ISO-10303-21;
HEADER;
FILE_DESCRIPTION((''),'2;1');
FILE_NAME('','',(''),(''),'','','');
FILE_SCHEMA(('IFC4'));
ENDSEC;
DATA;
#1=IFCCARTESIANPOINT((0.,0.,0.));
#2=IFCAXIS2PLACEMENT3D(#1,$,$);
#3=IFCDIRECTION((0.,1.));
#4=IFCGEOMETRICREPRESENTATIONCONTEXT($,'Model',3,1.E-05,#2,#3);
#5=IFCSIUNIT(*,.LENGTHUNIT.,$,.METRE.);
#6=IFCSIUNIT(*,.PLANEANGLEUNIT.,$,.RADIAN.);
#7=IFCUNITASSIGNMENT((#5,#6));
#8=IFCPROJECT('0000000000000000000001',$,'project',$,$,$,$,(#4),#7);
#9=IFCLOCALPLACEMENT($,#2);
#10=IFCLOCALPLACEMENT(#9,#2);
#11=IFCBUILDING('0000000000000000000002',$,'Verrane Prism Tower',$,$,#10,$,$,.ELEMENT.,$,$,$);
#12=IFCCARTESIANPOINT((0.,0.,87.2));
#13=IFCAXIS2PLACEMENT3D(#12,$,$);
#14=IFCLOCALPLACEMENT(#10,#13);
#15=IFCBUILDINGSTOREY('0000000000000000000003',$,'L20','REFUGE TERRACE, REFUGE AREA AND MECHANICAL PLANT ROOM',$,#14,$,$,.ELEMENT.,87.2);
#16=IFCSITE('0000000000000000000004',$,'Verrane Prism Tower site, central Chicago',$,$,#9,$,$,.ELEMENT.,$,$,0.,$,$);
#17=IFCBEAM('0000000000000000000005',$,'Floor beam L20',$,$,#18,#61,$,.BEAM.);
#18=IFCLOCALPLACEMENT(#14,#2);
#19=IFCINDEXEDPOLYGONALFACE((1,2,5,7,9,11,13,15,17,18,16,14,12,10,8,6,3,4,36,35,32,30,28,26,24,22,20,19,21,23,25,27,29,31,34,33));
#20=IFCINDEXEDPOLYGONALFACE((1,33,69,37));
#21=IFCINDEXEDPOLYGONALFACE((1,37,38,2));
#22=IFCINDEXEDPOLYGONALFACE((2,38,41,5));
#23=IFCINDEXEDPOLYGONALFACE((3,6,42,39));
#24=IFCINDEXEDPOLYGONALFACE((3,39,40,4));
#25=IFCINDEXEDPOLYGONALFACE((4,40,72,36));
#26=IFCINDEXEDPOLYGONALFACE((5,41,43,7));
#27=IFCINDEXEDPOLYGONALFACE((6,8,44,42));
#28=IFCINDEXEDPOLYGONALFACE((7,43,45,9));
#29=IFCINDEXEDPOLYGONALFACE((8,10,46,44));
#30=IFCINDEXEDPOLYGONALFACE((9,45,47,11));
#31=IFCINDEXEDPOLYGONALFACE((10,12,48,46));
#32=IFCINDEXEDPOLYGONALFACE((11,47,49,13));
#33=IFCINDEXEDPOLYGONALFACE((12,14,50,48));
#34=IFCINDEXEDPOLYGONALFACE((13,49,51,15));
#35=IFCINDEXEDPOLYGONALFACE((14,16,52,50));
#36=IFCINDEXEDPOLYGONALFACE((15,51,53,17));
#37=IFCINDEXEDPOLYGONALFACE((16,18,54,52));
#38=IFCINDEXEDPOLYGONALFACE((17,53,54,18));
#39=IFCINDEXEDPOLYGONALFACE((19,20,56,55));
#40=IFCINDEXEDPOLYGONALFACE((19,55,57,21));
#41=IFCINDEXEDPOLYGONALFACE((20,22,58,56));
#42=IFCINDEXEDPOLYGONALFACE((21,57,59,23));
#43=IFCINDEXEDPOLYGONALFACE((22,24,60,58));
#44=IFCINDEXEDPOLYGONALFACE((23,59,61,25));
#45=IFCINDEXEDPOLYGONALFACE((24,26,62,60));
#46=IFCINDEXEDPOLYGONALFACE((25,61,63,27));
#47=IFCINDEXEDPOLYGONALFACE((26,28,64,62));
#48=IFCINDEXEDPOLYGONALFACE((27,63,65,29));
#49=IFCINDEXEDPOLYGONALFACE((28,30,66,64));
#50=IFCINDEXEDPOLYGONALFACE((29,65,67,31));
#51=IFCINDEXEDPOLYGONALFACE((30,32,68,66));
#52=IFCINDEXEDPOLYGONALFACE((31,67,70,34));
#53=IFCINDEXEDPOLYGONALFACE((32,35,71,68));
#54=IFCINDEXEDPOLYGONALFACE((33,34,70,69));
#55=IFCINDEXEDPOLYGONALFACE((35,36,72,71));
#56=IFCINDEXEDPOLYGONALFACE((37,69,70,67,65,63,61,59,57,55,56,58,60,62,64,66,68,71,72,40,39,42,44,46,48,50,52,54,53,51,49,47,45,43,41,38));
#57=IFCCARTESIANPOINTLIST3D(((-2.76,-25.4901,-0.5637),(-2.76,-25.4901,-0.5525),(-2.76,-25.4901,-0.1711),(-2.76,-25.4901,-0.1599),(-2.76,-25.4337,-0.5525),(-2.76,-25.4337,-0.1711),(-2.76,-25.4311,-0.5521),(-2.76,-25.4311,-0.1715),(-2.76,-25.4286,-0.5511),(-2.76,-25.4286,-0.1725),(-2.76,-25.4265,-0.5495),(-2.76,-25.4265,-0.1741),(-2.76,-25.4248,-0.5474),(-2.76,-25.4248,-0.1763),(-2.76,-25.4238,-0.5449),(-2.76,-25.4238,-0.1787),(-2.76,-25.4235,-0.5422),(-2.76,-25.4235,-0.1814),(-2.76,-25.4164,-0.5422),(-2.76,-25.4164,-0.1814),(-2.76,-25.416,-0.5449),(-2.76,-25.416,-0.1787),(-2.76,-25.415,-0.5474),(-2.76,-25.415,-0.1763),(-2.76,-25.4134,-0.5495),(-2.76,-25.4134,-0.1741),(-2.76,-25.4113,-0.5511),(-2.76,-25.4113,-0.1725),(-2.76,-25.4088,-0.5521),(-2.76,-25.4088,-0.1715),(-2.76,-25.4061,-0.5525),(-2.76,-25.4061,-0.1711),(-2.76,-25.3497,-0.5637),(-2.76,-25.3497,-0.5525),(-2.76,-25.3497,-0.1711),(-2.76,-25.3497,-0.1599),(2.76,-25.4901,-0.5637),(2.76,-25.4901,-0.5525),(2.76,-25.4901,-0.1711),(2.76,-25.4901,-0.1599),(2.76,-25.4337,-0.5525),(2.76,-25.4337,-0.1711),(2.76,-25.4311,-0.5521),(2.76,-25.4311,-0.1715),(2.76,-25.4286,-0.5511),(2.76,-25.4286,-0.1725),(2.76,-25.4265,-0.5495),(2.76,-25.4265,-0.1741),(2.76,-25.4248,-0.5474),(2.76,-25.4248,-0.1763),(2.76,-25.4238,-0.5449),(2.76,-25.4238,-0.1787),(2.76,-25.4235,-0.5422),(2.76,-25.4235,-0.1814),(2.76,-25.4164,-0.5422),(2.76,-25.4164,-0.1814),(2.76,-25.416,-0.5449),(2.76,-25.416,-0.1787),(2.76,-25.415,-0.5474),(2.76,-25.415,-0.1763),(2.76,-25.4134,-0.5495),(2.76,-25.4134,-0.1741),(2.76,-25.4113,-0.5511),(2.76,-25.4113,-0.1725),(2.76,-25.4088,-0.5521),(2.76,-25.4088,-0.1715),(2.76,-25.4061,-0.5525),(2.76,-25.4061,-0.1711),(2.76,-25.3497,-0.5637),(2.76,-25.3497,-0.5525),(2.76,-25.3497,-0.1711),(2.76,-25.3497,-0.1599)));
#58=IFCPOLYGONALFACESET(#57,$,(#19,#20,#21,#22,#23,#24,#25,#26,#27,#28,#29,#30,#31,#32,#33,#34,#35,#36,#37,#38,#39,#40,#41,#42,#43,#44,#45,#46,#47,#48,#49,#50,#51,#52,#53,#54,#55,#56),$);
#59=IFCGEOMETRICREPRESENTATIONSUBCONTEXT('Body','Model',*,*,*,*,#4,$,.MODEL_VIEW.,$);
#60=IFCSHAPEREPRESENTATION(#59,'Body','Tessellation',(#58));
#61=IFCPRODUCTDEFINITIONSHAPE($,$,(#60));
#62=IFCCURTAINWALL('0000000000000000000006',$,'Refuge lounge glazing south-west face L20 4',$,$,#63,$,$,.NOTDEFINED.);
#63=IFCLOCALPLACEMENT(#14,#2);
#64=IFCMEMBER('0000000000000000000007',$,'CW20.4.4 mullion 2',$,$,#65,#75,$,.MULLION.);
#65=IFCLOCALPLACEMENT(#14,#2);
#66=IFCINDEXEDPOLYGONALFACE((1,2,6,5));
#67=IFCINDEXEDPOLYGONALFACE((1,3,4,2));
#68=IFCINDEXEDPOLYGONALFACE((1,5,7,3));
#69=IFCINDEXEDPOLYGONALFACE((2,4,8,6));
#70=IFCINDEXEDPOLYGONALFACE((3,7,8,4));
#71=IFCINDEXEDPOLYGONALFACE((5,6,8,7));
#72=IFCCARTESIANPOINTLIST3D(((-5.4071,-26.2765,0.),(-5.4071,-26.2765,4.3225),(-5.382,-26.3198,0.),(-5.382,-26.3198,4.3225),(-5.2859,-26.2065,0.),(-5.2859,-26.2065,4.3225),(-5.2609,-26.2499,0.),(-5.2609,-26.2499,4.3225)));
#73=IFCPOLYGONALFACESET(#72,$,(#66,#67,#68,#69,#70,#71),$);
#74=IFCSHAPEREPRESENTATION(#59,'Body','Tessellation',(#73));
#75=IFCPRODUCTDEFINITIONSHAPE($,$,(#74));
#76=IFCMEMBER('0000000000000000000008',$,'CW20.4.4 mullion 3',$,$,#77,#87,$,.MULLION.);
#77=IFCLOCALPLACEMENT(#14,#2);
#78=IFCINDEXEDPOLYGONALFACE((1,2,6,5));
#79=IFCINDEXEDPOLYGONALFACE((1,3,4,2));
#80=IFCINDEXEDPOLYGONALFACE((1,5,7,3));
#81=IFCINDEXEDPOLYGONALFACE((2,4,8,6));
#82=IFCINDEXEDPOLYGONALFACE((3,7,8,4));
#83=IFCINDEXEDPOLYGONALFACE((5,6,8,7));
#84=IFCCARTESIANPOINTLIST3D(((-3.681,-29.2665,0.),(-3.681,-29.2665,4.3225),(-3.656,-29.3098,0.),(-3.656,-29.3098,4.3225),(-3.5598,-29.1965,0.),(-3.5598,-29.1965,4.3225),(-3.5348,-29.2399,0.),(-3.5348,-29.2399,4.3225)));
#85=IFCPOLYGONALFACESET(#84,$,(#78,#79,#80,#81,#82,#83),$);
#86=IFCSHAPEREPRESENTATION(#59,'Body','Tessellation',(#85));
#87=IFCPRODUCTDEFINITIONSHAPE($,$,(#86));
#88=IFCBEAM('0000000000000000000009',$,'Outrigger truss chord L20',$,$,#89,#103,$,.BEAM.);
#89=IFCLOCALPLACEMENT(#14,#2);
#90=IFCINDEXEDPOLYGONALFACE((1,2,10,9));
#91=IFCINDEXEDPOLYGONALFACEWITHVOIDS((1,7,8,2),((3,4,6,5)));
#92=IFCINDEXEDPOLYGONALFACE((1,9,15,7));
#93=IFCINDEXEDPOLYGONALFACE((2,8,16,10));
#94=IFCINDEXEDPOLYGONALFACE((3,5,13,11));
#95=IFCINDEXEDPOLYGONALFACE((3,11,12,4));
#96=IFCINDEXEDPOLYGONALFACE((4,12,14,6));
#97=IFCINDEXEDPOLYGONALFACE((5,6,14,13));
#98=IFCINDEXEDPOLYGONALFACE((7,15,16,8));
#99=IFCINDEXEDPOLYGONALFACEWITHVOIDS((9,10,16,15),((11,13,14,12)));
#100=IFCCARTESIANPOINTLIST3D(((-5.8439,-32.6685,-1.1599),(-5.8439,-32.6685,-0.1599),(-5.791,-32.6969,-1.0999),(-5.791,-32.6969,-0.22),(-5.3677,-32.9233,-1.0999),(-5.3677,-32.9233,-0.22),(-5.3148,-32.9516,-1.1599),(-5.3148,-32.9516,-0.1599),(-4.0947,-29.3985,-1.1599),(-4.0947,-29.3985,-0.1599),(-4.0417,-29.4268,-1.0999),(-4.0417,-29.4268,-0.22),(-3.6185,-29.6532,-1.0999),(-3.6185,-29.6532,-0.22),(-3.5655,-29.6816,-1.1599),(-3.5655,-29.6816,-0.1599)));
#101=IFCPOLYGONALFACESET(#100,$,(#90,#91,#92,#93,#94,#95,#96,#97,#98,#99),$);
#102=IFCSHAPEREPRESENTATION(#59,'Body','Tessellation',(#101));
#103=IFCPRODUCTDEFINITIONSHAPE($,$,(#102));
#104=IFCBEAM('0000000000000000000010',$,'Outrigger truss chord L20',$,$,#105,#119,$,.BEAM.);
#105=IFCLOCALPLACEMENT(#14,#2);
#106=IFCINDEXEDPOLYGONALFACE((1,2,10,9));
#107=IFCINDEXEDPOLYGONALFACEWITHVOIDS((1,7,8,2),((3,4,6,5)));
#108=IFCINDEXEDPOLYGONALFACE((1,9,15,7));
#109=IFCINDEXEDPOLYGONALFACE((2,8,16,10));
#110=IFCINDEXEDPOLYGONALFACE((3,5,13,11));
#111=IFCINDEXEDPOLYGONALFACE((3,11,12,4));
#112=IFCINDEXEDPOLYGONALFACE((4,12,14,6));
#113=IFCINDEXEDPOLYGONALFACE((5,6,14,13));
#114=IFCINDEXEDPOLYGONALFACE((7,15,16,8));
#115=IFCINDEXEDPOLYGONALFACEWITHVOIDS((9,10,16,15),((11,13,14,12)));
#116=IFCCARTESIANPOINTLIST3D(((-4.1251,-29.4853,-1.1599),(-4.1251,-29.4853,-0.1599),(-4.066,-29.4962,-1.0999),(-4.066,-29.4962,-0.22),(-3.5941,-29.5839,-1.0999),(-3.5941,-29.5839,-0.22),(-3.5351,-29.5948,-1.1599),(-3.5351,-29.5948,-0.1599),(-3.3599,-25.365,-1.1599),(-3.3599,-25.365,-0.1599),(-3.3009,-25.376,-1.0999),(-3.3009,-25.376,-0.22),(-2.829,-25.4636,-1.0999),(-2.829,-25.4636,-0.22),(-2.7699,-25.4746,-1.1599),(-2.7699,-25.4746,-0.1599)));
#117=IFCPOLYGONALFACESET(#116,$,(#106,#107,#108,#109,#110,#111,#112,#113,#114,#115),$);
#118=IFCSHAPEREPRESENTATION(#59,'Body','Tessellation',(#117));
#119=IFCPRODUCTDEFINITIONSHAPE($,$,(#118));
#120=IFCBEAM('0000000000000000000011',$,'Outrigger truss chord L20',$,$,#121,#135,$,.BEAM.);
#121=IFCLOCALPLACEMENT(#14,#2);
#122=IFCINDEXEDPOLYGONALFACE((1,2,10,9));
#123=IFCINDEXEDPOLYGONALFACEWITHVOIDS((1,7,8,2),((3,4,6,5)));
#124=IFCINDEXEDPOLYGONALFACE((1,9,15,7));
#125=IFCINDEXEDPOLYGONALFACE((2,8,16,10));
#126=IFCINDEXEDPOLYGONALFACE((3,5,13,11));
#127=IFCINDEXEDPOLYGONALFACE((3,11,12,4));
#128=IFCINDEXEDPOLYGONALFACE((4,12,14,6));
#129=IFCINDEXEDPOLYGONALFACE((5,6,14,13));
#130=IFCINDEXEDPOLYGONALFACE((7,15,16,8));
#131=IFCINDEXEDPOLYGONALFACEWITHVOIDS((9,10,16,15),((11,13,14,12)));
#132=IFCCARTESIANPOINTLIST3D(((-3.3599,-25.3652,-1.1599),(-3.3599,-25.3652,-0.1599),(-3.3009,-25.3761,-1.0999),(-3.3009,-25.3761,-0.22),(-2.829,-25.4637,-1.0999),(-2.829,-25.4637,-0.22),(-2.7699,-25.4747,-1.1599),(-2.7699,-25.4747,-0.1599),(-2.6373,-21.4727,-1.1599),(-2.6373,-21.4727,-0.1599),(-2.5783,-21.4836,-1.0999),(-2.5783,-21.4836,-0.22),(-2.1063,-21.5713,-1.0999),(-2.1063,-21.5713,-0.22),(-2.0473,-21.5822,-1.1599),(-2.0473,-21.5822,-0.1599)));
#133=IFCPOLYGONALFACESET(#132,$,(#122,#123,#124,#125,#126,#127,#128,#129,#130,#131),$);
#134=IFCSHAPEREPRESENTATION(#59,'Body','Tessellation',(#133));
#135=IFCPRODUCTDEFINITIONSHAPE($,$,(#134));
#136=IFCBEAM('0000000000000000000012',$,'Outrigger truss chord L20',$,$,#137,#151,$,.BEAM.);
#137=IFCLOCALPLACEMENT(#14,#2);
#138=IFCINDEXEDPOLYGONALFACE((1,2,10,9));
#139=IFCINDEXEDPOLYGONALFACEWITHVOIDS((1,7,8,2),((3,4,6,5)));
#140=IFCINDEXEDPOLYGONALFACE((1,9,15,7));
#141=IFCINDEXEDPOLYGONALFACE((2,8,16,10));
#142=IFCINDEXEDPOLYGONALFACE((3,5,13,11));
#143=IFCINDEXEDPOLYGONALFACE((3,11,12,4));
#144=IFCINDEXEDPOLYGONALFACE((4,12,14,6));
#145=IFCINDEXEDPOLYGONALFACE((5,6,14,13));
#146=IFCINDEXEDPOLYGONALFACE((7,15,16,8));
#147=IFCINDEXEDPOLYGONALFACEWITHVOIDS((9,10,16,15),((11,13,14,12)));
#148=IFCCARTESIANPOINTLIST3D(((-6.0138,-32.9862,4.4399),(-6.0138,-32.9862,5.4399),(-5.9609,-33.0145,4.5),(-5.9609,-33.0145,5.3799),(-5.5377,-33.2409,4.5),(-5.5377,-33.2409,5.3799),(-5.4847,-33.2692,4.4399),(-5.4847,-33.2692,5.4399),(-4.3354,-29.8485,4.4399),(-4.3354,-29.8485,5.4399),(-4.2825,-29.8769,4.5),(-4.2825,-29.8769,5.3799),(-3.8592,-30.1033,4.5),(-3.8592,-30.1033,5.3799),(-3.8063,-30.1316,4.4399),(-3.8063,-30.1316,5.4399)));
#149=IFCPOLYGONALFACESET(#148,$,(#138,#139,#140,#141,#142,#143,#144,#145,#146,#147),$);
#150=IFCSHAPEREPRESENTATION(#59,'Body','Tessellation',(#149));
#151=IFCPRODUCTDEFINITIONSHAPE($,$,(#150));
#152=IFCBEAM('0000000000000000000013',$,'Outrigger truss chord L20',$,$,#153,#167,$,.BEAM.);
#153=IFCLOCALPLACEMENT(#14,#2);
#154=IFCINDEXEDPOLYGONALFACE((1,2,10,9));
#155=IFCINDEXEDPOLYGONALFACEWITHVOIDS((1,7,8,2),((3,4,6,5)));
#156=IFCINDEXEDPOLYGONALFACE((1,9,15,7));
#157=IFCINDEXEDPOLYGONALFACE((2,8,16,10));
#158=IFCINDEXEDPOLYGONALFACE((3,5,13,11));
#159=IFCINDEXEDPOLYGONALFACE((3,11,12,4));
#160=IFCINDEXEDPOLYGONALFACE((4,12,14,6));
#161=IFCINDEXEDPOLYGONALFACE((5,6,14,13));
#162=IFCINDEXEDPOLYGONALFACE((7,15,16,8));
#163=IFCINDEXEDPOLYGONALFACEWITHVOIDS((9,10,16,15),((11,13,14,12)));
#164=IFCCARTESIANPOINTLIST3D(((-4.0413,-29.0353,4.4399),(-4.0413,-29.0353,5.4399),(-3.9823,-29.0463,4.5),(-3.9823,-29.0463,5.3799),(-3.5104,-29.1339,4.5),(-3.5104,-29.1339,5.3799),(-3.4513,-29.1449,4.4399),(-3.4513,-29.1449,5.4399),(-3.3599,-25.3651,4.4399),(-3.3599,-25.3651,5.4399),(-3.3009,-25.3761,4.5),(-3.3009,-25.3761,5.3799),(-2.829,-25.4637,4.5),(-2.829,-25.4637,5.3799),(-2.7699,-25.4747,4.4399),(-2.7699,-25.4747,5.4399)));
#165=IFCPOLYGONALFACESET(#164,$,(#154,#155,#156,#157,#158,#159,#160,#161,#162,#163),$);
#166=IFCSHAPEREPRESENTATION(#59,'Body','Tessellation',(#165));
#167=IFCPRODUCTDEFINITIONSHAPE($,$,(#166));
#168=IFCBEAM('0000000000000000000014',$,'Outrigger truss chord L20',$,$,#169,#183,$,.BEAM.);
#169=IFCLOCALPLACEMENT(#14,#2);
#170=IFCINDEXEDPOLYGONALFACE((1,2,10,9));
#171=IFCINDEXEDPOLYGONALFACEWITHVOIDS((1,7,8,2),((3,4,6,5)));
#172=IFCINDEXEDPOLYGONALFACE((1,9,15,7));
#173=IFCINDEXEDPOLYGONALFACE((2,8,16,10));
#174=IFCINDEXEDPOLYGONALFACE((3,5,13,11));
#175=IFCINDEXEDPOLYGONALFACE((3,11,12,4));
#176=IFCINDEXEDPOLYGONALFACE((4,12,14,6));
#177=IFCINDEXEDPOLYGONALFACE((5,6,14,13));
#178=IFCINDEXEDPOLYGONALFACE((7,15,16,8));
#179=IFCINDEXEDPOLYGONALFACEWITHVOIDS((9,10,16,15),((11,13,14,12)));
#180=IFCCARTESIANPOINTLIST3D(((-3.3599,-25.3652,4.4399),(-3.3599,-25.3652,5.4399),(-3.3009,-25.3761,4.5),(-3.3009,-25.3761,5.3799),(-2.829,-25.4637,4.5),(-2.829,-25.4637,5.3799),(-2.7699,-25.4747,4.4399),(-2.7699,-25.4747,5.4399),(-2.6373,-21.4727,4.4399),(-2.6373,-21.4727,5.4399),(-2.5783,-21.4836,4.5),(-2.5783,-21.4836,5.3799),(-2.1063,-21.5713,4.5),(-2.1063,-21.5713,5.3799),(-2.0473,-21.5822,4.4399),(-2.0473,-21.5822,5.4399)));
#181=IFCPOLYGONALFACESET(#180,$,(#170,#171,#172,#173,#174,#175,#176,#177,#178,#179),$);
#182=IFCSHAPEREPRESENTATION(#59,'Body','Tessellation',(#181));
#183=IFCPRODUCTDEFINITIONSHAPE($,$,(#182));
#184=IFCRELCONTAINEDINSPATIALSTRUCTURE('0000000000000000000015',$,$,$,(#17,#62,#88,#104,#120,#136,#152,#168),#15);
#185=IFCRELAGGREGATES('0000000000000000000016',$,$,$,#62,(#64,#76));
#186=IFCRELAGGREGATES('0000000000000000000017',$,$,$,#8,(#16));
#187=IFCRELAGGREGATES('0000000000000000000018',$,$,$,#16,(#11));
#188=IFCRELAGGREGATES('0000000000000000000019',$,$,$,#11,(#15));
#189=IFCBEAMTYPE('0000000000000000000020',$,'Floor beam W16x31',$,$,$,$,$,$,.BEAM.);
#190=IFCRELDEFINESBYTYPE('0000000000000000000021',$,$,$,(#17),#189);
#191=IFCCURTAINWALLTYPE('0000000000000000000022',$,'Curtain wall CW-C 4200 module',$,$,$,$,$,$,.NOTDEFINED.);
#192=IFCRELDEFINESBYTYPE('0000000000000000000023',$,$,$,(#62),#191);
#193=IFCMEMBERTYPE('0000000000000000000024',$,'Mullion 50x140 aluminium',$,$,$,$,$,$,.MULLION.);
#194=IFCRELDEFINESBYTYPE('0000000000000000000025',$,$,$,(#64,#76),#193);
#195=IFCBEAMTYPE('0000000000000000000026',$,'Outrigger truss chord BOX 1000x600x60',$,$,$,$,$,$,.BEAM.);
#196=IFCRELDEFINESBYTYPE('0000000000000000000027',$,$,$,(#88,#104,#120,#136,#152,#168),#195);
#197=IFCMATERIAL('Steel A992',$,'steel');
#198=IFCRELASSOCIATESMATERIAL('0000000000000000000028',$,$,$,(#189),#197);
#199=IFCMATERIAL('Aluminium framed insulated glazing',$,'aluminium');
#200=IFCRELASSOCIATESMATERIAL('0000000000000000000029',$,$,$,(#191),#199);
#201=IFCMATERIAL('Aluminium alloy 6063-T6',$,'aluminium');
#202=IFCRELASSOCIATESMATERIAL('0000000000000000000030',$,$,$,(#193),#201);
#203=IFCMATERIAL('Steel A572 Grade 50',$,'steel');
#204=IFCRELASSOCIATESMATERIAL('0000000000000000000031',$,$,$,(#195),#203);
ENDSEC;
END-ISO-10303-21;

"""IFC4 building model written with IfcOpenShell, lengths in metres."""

from ifc_helpers import new_model, si_unit, direction, frame, origin, origin_2d, place, context, subcontext, project, spatial, rectangle, hollow_rectangle, i_section, extrude, material, material_profile, profile_set, type_object, element, aggregate, save


model = new_model("IFC4")

# Units and contexts
model_context = context("Model", 3, precision=1e-05, world=origin(), true_north=direction((0.0, 1.0)))
body_context = subcontext(model_context, "Body", "Model", "MODEL_VIEW")
ifc_project = project(units=[si_unit("LENGTHUNIT", "METRE"), si_unit("PLANEANGLEUNIT", "RADIAN")], contexts=[model_context])

# Site, building, storey
site_placement = place(None, origin())
site = spatial("IfcSite", under=ifc_project, at=site_placement, Name="Verrane Prism Tower site, central Chicago", CompositionType="ELEMENT", RefElevation=0.0)
building_placement = place(site_placement, origin())
building = spatial("IfcBuilding", under=site, at=building_placement, Name="Verrane Prism Tower", CompositionType="ELEMENT")
storey_placement = place(building_placement, frame((0.0, 0.0, 87.2)))
storey = spatial("IfcBuildingStorey", under=building, at=storey_placement, Name="L20", Description="REFUGE TERRACE, REFUGE AREA AND MECHANICAL PLANT ROOM", CompositionType="ELEMENT", Elevation=87.2)

# Beam
ifc_material_1 = material(Name="Steel A992", Category="steel")
ifc_material_profile_1 = material_profile(ifc_material_1, i_section(OverallWidth=0.1404, OverallDepth=0.4038, WebThickness=0.0071, FlangeThickness=0.0112, FilletRadius=0.0103, at=origin_2d()), Name="W16x31")
ifc_profile_set_1 = profile_set([ifc_material_profile_1], Name="Steel A992")
beam_type_1 = type_object("IfcBeamType", Name="Floor beam W16x31", PredefinedType="BEAM", material=ifc_profile_set_1)
beam_1_placement = place(storey_placement, frame((-2.76, -25.4199, -0.3618), z_axis=(1.0, 0.0, 0.0), x_axis=(0.0, 1.0, 0.0)))
element("IfcBeam", 1, at=beam_1_placement, inside=storey, type_object=beam_type_1, Name="Floor beam L20", PredefinedType="BEAM", context=body_context, shape_type="SweptSolid", body=[
    extrude(i_section(OverallWidth=0.1404, OverallDepth=0.4038, WebThickness=0.0071, FlangeThickness=0.0112, FilletRadius=0.0103, at=origin_2d()), origin(), (0.0, 0.0, 1.0), 5.52),
])

# Curtain wall, members
ifc_material_2 = material(Name="Aluminium framed insulated glazing", Category="aluminium")
curtain_wall_type = type_object("IfcCurtainWallType", Name="Curtain wall CW-C 4200 module", PredefinedType="NOTDEFINED", material=ifc_material_2)
curtain_wall_placement = place(storey_placement, origin())
curtain_wall = element("IfcCurtainWall", 2, at=curtain_wall_placement, inside=storey, type_object=curtain_wall_type, Name="Refuge lounge glazing south-west face L20 4", PredefinedType="NOTDEFINED")
ifc_material_3 = material(Name="Aluminium alloy 6063-T6", Category="aluminium")
ifc_material_profile_2 = material_profile(ifc_material_3, rectangle(XDim=0.1399, YDim=0.05, at=origin_2d()), Name="Mullion 50x140 aluminium")
ifc_profile_set_2 = profile_set([ifc_material_profile_2], Name="Aluminium alloy 6063-T6")
member_type_1 = type_object("IfcMemberType", Name="Mullion 50x140 aluminium", PredefinedType="MULLION", material=ifc_profile_set_2)
member_1_placement = place(storey_placement, frame((-5.334, -26.2632, 0.0), z_axis=(0.0, 0.0, 1.0), x_axis=(0.866025, 0.5, 0.0)))
member_1 = element("IfcMember", 3, at=member_1_placement, type_object=member_type_1, Name="CW20.4.4 mullion 2", PredefinedType="MULLION", context=body_context, shape_type="SweptSolid", body=[
    extrude(rectangle(XDim=0.1399, YDim=0.05, at=origin_2d()), origin(), (0.0, 0.0, 1.0), 4.3225),
])
member_2_placement = place(storey_placement, frame((-3.6079, -29.2532, 0.0), z_axis=(0.0, 0.0, 1.0), x_axis=(0.866025, 0.5, 0.0)))
member_2 = element("IfcMember", 4, at=member_2_placement, type_object=member_type_1, Name="CW20.4.4 mullion 3", PredefinedType="MULLION", context=body_context, shape_type="SweptSolid", body=[
    extrude(rectangle(XDim=0.1399, YDim=0.05, at=origin_2d()), origin(), (0.0, 0.0, 1.0), 4.3225),
])

# Beams
ifc_material_4 = material(Name="Steel A572 Grade 50", Category="steel")
ifc_material_profile_3 = material_profile(ifc_material_4, hollow_rectangle(XDim=0.6001, YDim=1.0, WallThickness=0.0601, at=origin_2d()), Name="BOX 1000x600x60")
ifc_profile_set_3 = profile_set([ifc_material_profile_3], Name="Steel A572 Grade 50")
beam_type_2 = type_object("IfcBeamType", Name="Outrigger truss chord BOX 1000x600x60", PredefinedType="BEAM", material=ifc_profile_set_3)
beam_2_placement = place(storey_placement, frame((-5.5793, -32.8101, -0.6599), z_axis=(0.471692, 0.881764, 0.0), x_axis=(-0.881764, 0.471692, 0.0)))
element("IfcBeam", 5, at=beam_2_placement, inside=storey, type_object=beam_type_2, Name="Outrigger truss chord L20", PredefinedType="BEAM", context=body_context, shape_type="SweptSolid", body=[
    extrude(hollow_rectangle(XDim=0.6001, YDim=1.0, WallThickness=0.0601, at=origin_2d()), origin(), (0.0, 0.0, 1.0), 3.7085),
])
beam_3_placement = place(storey_placement, frame((-3.8301, -29.54, -0.6599), z_axis=(0.182586, 0.98319, 0.0), x_axis=(-0.98319, 0.182586, 0.0)))
element("IfcBeam", 6, at=beam_3_placement, inside=storey, type_object=beam_type_2, Name="Outrigger truss chord L20", PredefinedType="BEAM", context=body_context, shape_type="SweptSolid", body=[
    extrude(hollow_rectangle(XDim=0.6001, YDim=1.0, WallThickness=0.0601, at=origin_2d()), origin(), (0.0, 0.0, 1.0), 4.1907),
])
beam_4_placement = place(storey_placement, frame((-3.0649, -25.4199, -0.6599), z_axis=(0.182531, 0.9832, 0.0), x_axis=(-0.9832, 0.182531, 0.0)))
element("IfcBeam", 7, at=beam_4_placement, inside=storey, type_object=beam_type_2, Name="Outrigger truss chord L20", PredefinedType="BEAM", context=body_context, shape_type="SweptSolid", body=[
    extrude(hollow_rectangle(XDim=0.6001, YDim=1.0, WallThickness=0.0601, at=origin_2d()), origin(), (0.0, 0.0, 1.0), 3.959),
])
beam_5_placement = place(storey_placement, frame((-5.7493, -33.1277, 4.9399), z_axis=(0.471688, 0.881765, 0.0), x_axis=(-0.881765, 0.471688, 0.0)))
element("IfcBeam", 8, at=beam_5_placement, inside=storey, type_object=beam_type_2, Name="Outrigger truss chord L20", PredefinedType="BEAM", context=body_context, shape_type="SweptSolid", body=[
    extrude(hollow_rectangle(XDim=0.6001, YDim=1.0, WallThickness=0.0601, at=origin_2d()), origin(), (0.0, 0.0, 1.0), 3.5583),
])
beam_6_placement = place(storey_placement, frame((-3.7463, -29.0901, 4.9399), z_axis=(0.182539, 0.983199, 0.0), x_axis=(-0.983199, 0.182539, 0.0)))
element("IfcBeam", 9, at=beam_6_placement, inside=storey, type_object=beam_type_2, Name="Outrigger truss chord L20", PredefinedType="BEAM", context=body_context, shape_type="SweptSolid", body=[
    extrude(hollow_rectangle(XDim=0.6001, YDim=1.0, WallThickness=0.0601, at=origin_2d()), origin(), (0.0, 0.0, 1.0), 3.7329),
])
beam_7_placement = place(storey_placement, frame((-3.0649, -25.4199, 4.9399), z_axis=(0.182531, 0.9832, 0.0), x_axis=(-0.9832, 0.182531, 0.0)))
element("IfcBeam", 10, at=beam_7_placement, inside=storey, type_object=beam_type_2, Name="Outrigger truss chord L20", PredefinedType="BEAM", context=body_context, shape_type="SweptSolid", body=[
    extrude(hollow_rectangle(XDim=0.6001, YDim=1.0, WallThickness=0.0601, at=origin_2d()), origin(), (0.0, 0.0, 1.0), 3.959),
])

aggregate(curtain_wall, [member_1, member_2])

save(model, "model.ifc")
